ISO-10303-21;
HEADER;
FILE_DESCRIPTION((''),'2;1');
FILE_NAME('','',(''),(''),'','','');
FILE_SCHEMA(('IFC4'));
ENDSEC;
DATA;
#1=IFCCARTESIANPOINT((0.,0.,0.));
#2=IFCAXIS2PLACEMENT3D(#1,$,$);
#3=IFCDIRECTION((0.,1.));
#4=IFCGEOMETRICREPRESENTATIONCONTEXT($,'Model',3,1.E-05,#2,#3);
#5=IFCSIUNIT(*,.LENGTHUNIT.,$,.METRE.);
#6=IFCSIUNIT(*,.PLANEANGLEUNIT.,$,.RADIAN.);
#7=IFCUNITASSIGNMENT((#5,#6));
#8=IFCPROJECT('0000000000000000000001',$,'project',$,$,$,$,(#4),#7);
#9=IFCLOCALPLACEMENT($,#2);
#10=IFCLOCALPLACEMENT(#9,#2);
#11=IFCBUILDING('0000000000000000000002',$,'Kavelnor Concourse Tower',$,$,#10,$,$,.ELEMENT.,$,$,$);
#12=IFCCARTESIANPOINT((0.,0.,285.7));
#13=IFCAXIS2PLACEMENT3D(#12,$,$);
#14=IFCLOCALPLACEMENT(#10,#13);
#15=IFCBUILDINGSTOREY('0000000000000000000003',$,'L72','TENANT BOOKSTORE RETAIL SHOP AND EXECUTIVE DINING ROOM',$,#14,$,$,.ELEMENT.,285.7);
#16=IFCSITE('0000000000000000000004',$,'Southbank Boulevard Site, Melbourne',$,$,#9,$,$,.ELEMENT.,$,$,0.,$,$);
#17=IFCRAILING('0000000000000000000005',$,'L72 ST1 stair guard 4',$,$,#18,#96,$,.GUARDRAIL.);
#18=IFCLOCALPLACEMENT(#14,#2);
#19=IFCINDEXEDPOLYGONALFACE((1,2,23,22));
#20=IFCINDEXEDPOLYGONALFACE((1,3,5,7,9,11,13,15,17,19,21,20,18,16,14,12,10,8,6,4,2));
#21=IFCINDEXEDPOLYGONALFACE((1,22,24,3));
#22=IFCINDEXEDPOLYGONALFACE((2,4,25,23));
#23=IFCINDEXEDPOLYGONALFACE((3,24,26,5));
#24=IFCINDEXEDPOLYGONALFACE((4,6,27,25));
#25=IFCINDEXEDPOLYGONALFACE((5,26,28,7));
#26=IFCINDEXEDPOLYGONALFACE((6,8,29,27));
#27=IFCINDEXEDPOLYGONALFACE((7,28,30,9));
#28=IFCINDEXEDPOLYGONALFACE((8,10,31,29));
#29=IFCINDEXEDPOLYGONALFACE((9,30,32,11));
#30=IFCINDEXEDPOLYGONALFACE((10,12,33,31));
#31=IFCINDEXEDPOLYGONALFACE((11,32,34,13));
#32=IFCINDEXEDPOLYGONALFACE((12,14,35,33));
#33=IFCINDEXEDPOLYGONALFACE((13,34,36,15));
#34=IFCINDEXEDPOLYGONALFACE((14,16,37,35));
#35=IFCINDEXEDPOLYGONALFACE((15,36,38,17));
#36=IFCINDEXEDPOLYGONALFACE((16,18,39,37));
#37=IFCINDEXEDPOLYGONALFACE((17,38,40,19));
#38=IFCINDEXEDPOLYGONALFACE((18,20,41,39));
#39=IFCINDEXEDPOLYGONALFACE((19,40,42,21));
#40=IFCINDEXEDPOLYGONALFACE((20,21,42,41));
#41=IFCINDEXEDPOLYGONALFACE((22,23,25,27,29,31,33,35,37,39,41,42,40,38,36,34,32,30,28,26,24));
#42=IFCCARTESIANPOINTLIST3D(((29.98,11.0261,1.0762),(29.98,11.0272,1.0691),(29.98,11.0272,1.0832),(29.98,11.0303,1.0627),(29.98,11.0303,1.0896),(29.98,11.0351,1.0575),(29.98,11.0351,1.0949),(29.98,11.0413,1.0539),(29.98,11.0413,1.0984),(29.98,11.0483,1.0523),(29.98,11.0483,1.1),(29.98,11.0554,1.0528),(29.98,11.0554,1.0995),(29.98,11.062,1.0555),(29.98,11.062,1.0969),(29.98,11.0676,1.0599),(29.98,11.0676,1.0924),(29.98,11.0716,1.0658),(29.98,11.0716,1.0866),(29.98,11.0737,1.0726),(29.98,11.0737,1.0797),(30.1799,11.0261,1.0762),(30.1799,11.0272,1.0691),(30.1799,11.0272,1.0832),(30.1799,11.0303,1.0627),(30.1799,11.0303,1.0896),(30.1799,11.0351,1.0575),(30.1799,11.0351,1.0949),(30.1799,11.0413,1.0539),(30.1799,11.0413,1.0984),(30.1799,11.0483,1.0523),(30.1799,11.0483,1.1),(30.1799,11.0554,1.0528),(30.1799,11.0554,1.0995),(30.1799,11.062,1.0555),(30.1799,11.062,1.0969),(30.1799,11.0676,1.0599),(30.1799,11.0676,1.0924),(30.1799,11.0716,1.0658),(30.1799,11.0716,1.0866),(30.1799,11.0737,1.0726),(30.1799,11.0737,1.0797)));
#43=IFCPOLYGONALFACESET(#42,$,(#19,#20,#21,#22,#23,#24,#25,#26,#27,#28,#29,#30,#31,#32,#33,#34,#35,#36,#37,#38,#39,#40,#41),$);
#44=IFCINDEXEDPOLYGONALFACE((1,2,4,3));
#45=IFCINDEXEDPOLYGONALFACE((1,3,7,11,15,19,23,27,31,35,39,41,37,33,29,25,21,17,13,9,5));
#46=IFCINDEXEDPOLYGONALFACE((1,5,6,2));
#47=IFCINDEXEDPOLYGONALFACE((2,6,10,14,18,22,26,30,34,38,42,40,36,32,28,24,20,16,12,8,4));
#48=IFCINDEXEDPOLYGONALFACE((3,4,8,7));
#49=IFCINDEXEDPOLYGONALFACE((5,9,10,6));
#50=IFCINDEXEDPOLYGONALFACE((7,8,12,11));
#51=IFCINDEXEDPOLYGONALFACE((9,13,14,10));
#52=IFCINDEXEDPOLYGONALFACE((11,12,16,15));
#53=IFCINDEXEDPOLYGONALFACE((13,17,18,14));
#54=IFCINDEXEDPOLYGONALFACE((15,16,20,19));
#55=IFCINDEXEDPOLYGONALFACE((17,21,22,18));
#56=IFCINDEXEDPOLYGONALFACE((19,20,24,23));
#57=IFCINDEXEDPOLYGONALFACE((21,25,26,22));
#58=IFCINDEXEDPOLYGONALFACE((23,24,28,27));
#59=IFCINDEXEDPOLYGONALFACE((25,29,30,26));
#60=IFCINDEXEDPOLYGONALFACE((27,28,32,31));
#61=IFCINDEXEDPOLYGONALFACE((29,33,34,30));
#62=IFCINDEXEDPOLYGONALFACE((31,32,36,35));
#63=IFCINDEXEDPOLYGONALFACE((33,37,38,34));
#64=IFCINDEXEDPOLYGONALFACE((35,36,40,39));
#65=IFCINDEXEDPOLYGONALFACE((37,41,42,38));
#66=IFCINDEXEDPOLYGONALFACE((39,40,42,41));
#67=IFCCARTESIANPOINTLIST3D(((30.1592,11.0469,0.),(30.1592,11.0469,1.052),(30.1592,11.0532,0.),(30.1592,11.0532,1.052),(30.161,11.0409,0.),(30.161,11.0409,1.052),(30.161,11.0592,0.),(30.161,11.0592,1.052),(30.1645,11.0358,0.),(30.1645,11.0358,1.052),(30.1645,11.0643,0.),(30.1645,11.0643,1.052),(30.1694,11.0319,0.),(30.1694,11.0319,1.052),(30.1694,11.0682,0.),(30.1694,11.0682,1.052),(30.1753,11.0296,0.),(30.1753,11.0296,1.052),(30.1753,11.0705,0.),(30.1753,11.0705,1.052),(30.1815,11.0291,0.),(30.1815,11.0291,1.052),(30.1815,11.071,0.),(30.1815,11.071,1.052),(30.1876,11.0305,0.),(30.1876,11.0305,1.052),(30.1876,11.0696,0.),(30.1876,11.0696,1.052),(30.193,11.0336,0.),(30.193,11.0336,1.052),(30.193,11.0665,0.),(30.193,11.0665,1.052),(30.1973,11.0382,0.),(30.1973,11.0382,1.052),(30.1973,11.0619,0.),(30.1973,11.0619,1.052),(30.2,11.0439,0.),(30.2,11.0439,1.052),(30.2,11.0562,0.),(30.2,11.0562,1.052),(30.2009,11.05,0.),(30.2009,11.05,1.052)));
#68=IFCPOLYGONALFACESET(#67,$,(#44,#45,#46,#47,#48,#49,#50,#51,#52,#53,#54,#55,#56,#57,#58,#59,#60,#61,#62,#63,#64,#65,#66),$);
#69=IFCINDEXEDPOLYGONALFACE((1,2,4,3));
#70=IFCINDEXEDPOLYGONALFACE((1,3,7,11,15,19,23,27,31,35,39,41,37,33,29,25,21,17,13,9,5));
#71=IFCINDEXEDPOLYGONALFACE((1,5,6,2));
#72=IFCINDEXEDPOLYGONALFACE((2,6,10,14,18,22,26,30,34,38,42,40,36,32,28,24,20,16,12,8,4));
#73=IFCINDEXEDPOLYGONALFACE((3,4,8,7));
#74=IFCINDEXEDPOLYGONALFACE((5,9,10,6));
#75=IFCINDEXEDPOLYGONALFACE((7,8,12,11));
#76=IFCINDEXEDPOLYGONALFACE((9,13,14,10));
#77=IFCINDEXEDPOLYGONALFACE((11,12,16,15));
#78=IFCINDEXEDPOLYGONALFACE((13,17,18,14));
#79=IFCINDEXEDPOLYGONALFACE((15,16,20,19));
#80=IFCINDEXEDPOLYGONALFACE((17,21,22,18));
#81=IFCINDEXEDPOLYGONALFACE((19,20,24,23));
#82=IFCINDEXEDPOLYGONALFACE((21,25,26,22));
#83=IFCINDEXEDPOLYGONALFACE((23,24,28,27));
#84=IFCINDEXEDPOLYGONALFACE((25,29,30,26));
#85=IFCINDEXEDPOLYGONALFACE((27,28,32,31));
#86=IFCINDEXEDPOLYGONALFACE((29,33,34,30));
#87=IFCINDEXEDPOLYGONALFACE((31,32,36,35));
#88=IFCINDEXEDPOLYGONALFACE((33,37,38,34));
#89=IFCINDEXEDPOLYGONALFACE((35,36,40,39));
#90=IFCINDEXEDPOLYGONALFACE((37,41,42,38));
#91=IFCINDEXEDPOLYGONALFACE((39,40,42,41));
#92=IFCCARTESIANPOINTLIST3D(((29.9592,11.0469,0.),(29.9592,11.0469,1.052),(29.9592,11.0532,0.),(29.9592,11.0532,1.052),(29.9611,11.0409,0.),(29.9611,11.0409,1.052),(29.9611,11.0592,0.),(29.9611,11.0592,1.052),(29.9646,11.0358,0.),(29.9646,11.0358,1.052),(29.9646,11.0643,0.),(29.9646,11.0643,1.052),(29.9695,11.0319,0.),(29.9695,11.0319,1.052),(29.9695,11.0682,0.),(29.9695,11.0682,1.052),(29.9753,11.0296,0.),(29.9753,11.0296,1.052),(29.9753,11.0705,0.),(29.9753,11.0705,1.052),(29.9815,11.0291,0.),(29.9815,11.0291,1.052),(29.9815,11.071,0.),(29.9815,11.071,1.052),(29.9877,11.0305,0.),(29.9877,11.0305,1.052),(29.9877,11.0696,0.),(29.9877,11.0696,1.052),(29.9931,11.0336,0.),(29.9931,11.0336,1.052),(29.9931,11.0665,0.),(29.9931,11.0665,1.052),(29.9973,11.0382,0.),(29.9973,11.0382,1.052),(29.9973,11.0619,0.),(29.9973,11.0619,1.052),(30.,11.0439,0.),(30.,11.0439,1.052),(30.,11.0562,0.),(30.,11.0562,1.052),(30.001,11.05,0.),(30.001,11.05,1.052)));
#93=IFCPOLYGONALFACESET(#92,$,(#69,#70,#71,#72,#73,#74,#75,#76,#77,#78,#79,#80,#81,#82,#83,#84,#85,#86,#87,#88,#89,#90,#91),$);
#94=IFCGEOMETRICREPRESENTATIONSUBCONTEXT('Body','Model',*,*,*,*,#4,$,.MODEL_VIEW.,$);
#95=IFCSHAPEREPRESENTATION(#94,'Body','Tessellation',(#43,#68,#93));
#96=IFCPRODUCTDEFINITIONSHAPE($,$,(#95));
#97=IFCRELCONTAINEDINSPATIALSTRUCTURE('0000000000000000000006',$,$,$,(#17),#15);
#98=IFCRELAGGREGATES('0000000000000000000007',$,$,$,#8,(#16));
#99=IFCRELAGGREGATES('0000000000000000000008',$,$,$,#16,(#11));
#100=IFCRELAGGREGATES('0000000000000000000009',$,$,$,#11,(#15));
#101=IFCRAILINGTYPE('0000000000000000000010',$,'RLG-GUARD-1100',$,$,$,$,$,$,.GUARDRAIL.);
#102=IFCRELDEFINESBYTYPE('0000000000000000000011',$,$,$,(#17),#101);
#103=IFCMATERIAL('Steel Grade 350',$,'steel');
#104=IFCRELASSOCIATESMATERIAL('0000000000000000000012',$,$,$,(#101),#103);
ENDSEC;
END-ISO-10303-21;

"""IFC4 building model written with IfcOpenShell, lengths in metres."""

from ifc_helpers import new_model, si_unit, direction, frame, origin, origin_2d, place, context, subcontext, project, spatial, circle, extrude, material, type_object, element, save


model = new_model("IFC4")

# Units and contexts
model_context = context("Model", 3, precision=1e-05, world=origin(), true_north=direction((0.0, 1.0)))
body_context = subcontext(model_context, "Body", "Model", "MODEL_VIEW")
ifc_project = project(units=[si_unit("LENGTHUNIT", "METRE"), si_unit("PLANEANGLEUNIT", "RADIAN")], contexts=[model_context])

# Site, building, storey
site_placement = place(None, origin())
site = spatial("IfcSite", under=ifc_project, at=site_placement, Name="Southbank Boulevard Site, Melbourne", CompositionType="ELEMENT", RefElevation=0.0)
building_placement = place(site_placement, origin())
building = spatial("IfcBuilding", under=site, at=building_placement, Name="Kavelnor Concourse Tower", CompositionType="ELEMENT")
storey_placement = place(building_placement, frame((0.0, 0.0, 285.7)))
storey = spatial("IfcBuildingStorey", under=building, at=storey_placement, Name="L72", Description="TENANT BOOKSTORE RETAIL SHOP AND EXECUTIVE DINING ROOM", CompositionType="ELEMENT", Elevation=285.7)

# Shared definitions
ifc_material_1 = material(Name="Steel Grade 350", Category="steel")

# Railing
railing_type_1 = type_object("IfcRailingType", Name="RLG-GUARD-1100", PredefinedType="GUARDRAIL", material=ifc_material_1)
railing_1_placement = place(storey_placement, frame((30.1799, 11.05, 0.0)))
element("IfcRailing", 1, at=railing_1_placement, inside=storey, type_object=railing_type_1, Name="L72 ST1 stair guard 4", PredefinedType="GUARDRAIL", context=body_context, shape_type="SweptSolid", body=[
    extrude(circle(Radius=0.0239, at=origin_2d()), frame((0.0, 0.0, 1.0762), z_axis=(-1.0, 0.0, 0.0), x_axis=(0.0, -1.0, 0.0)), (0.0, 0.0, 1.0), 0.2),
    extrude(circle(Radius=0.021, at=origin_2d()), origin(), (0.0, 0.0, 1.0), 1.052),
    extrude(circle(Radius=0.021, at=origin_2d()), frame((-0.2, 0.0, 0.0)), (0.0, 0.0, 1.0), 1.052),
])

save(model, "model.ifc")
